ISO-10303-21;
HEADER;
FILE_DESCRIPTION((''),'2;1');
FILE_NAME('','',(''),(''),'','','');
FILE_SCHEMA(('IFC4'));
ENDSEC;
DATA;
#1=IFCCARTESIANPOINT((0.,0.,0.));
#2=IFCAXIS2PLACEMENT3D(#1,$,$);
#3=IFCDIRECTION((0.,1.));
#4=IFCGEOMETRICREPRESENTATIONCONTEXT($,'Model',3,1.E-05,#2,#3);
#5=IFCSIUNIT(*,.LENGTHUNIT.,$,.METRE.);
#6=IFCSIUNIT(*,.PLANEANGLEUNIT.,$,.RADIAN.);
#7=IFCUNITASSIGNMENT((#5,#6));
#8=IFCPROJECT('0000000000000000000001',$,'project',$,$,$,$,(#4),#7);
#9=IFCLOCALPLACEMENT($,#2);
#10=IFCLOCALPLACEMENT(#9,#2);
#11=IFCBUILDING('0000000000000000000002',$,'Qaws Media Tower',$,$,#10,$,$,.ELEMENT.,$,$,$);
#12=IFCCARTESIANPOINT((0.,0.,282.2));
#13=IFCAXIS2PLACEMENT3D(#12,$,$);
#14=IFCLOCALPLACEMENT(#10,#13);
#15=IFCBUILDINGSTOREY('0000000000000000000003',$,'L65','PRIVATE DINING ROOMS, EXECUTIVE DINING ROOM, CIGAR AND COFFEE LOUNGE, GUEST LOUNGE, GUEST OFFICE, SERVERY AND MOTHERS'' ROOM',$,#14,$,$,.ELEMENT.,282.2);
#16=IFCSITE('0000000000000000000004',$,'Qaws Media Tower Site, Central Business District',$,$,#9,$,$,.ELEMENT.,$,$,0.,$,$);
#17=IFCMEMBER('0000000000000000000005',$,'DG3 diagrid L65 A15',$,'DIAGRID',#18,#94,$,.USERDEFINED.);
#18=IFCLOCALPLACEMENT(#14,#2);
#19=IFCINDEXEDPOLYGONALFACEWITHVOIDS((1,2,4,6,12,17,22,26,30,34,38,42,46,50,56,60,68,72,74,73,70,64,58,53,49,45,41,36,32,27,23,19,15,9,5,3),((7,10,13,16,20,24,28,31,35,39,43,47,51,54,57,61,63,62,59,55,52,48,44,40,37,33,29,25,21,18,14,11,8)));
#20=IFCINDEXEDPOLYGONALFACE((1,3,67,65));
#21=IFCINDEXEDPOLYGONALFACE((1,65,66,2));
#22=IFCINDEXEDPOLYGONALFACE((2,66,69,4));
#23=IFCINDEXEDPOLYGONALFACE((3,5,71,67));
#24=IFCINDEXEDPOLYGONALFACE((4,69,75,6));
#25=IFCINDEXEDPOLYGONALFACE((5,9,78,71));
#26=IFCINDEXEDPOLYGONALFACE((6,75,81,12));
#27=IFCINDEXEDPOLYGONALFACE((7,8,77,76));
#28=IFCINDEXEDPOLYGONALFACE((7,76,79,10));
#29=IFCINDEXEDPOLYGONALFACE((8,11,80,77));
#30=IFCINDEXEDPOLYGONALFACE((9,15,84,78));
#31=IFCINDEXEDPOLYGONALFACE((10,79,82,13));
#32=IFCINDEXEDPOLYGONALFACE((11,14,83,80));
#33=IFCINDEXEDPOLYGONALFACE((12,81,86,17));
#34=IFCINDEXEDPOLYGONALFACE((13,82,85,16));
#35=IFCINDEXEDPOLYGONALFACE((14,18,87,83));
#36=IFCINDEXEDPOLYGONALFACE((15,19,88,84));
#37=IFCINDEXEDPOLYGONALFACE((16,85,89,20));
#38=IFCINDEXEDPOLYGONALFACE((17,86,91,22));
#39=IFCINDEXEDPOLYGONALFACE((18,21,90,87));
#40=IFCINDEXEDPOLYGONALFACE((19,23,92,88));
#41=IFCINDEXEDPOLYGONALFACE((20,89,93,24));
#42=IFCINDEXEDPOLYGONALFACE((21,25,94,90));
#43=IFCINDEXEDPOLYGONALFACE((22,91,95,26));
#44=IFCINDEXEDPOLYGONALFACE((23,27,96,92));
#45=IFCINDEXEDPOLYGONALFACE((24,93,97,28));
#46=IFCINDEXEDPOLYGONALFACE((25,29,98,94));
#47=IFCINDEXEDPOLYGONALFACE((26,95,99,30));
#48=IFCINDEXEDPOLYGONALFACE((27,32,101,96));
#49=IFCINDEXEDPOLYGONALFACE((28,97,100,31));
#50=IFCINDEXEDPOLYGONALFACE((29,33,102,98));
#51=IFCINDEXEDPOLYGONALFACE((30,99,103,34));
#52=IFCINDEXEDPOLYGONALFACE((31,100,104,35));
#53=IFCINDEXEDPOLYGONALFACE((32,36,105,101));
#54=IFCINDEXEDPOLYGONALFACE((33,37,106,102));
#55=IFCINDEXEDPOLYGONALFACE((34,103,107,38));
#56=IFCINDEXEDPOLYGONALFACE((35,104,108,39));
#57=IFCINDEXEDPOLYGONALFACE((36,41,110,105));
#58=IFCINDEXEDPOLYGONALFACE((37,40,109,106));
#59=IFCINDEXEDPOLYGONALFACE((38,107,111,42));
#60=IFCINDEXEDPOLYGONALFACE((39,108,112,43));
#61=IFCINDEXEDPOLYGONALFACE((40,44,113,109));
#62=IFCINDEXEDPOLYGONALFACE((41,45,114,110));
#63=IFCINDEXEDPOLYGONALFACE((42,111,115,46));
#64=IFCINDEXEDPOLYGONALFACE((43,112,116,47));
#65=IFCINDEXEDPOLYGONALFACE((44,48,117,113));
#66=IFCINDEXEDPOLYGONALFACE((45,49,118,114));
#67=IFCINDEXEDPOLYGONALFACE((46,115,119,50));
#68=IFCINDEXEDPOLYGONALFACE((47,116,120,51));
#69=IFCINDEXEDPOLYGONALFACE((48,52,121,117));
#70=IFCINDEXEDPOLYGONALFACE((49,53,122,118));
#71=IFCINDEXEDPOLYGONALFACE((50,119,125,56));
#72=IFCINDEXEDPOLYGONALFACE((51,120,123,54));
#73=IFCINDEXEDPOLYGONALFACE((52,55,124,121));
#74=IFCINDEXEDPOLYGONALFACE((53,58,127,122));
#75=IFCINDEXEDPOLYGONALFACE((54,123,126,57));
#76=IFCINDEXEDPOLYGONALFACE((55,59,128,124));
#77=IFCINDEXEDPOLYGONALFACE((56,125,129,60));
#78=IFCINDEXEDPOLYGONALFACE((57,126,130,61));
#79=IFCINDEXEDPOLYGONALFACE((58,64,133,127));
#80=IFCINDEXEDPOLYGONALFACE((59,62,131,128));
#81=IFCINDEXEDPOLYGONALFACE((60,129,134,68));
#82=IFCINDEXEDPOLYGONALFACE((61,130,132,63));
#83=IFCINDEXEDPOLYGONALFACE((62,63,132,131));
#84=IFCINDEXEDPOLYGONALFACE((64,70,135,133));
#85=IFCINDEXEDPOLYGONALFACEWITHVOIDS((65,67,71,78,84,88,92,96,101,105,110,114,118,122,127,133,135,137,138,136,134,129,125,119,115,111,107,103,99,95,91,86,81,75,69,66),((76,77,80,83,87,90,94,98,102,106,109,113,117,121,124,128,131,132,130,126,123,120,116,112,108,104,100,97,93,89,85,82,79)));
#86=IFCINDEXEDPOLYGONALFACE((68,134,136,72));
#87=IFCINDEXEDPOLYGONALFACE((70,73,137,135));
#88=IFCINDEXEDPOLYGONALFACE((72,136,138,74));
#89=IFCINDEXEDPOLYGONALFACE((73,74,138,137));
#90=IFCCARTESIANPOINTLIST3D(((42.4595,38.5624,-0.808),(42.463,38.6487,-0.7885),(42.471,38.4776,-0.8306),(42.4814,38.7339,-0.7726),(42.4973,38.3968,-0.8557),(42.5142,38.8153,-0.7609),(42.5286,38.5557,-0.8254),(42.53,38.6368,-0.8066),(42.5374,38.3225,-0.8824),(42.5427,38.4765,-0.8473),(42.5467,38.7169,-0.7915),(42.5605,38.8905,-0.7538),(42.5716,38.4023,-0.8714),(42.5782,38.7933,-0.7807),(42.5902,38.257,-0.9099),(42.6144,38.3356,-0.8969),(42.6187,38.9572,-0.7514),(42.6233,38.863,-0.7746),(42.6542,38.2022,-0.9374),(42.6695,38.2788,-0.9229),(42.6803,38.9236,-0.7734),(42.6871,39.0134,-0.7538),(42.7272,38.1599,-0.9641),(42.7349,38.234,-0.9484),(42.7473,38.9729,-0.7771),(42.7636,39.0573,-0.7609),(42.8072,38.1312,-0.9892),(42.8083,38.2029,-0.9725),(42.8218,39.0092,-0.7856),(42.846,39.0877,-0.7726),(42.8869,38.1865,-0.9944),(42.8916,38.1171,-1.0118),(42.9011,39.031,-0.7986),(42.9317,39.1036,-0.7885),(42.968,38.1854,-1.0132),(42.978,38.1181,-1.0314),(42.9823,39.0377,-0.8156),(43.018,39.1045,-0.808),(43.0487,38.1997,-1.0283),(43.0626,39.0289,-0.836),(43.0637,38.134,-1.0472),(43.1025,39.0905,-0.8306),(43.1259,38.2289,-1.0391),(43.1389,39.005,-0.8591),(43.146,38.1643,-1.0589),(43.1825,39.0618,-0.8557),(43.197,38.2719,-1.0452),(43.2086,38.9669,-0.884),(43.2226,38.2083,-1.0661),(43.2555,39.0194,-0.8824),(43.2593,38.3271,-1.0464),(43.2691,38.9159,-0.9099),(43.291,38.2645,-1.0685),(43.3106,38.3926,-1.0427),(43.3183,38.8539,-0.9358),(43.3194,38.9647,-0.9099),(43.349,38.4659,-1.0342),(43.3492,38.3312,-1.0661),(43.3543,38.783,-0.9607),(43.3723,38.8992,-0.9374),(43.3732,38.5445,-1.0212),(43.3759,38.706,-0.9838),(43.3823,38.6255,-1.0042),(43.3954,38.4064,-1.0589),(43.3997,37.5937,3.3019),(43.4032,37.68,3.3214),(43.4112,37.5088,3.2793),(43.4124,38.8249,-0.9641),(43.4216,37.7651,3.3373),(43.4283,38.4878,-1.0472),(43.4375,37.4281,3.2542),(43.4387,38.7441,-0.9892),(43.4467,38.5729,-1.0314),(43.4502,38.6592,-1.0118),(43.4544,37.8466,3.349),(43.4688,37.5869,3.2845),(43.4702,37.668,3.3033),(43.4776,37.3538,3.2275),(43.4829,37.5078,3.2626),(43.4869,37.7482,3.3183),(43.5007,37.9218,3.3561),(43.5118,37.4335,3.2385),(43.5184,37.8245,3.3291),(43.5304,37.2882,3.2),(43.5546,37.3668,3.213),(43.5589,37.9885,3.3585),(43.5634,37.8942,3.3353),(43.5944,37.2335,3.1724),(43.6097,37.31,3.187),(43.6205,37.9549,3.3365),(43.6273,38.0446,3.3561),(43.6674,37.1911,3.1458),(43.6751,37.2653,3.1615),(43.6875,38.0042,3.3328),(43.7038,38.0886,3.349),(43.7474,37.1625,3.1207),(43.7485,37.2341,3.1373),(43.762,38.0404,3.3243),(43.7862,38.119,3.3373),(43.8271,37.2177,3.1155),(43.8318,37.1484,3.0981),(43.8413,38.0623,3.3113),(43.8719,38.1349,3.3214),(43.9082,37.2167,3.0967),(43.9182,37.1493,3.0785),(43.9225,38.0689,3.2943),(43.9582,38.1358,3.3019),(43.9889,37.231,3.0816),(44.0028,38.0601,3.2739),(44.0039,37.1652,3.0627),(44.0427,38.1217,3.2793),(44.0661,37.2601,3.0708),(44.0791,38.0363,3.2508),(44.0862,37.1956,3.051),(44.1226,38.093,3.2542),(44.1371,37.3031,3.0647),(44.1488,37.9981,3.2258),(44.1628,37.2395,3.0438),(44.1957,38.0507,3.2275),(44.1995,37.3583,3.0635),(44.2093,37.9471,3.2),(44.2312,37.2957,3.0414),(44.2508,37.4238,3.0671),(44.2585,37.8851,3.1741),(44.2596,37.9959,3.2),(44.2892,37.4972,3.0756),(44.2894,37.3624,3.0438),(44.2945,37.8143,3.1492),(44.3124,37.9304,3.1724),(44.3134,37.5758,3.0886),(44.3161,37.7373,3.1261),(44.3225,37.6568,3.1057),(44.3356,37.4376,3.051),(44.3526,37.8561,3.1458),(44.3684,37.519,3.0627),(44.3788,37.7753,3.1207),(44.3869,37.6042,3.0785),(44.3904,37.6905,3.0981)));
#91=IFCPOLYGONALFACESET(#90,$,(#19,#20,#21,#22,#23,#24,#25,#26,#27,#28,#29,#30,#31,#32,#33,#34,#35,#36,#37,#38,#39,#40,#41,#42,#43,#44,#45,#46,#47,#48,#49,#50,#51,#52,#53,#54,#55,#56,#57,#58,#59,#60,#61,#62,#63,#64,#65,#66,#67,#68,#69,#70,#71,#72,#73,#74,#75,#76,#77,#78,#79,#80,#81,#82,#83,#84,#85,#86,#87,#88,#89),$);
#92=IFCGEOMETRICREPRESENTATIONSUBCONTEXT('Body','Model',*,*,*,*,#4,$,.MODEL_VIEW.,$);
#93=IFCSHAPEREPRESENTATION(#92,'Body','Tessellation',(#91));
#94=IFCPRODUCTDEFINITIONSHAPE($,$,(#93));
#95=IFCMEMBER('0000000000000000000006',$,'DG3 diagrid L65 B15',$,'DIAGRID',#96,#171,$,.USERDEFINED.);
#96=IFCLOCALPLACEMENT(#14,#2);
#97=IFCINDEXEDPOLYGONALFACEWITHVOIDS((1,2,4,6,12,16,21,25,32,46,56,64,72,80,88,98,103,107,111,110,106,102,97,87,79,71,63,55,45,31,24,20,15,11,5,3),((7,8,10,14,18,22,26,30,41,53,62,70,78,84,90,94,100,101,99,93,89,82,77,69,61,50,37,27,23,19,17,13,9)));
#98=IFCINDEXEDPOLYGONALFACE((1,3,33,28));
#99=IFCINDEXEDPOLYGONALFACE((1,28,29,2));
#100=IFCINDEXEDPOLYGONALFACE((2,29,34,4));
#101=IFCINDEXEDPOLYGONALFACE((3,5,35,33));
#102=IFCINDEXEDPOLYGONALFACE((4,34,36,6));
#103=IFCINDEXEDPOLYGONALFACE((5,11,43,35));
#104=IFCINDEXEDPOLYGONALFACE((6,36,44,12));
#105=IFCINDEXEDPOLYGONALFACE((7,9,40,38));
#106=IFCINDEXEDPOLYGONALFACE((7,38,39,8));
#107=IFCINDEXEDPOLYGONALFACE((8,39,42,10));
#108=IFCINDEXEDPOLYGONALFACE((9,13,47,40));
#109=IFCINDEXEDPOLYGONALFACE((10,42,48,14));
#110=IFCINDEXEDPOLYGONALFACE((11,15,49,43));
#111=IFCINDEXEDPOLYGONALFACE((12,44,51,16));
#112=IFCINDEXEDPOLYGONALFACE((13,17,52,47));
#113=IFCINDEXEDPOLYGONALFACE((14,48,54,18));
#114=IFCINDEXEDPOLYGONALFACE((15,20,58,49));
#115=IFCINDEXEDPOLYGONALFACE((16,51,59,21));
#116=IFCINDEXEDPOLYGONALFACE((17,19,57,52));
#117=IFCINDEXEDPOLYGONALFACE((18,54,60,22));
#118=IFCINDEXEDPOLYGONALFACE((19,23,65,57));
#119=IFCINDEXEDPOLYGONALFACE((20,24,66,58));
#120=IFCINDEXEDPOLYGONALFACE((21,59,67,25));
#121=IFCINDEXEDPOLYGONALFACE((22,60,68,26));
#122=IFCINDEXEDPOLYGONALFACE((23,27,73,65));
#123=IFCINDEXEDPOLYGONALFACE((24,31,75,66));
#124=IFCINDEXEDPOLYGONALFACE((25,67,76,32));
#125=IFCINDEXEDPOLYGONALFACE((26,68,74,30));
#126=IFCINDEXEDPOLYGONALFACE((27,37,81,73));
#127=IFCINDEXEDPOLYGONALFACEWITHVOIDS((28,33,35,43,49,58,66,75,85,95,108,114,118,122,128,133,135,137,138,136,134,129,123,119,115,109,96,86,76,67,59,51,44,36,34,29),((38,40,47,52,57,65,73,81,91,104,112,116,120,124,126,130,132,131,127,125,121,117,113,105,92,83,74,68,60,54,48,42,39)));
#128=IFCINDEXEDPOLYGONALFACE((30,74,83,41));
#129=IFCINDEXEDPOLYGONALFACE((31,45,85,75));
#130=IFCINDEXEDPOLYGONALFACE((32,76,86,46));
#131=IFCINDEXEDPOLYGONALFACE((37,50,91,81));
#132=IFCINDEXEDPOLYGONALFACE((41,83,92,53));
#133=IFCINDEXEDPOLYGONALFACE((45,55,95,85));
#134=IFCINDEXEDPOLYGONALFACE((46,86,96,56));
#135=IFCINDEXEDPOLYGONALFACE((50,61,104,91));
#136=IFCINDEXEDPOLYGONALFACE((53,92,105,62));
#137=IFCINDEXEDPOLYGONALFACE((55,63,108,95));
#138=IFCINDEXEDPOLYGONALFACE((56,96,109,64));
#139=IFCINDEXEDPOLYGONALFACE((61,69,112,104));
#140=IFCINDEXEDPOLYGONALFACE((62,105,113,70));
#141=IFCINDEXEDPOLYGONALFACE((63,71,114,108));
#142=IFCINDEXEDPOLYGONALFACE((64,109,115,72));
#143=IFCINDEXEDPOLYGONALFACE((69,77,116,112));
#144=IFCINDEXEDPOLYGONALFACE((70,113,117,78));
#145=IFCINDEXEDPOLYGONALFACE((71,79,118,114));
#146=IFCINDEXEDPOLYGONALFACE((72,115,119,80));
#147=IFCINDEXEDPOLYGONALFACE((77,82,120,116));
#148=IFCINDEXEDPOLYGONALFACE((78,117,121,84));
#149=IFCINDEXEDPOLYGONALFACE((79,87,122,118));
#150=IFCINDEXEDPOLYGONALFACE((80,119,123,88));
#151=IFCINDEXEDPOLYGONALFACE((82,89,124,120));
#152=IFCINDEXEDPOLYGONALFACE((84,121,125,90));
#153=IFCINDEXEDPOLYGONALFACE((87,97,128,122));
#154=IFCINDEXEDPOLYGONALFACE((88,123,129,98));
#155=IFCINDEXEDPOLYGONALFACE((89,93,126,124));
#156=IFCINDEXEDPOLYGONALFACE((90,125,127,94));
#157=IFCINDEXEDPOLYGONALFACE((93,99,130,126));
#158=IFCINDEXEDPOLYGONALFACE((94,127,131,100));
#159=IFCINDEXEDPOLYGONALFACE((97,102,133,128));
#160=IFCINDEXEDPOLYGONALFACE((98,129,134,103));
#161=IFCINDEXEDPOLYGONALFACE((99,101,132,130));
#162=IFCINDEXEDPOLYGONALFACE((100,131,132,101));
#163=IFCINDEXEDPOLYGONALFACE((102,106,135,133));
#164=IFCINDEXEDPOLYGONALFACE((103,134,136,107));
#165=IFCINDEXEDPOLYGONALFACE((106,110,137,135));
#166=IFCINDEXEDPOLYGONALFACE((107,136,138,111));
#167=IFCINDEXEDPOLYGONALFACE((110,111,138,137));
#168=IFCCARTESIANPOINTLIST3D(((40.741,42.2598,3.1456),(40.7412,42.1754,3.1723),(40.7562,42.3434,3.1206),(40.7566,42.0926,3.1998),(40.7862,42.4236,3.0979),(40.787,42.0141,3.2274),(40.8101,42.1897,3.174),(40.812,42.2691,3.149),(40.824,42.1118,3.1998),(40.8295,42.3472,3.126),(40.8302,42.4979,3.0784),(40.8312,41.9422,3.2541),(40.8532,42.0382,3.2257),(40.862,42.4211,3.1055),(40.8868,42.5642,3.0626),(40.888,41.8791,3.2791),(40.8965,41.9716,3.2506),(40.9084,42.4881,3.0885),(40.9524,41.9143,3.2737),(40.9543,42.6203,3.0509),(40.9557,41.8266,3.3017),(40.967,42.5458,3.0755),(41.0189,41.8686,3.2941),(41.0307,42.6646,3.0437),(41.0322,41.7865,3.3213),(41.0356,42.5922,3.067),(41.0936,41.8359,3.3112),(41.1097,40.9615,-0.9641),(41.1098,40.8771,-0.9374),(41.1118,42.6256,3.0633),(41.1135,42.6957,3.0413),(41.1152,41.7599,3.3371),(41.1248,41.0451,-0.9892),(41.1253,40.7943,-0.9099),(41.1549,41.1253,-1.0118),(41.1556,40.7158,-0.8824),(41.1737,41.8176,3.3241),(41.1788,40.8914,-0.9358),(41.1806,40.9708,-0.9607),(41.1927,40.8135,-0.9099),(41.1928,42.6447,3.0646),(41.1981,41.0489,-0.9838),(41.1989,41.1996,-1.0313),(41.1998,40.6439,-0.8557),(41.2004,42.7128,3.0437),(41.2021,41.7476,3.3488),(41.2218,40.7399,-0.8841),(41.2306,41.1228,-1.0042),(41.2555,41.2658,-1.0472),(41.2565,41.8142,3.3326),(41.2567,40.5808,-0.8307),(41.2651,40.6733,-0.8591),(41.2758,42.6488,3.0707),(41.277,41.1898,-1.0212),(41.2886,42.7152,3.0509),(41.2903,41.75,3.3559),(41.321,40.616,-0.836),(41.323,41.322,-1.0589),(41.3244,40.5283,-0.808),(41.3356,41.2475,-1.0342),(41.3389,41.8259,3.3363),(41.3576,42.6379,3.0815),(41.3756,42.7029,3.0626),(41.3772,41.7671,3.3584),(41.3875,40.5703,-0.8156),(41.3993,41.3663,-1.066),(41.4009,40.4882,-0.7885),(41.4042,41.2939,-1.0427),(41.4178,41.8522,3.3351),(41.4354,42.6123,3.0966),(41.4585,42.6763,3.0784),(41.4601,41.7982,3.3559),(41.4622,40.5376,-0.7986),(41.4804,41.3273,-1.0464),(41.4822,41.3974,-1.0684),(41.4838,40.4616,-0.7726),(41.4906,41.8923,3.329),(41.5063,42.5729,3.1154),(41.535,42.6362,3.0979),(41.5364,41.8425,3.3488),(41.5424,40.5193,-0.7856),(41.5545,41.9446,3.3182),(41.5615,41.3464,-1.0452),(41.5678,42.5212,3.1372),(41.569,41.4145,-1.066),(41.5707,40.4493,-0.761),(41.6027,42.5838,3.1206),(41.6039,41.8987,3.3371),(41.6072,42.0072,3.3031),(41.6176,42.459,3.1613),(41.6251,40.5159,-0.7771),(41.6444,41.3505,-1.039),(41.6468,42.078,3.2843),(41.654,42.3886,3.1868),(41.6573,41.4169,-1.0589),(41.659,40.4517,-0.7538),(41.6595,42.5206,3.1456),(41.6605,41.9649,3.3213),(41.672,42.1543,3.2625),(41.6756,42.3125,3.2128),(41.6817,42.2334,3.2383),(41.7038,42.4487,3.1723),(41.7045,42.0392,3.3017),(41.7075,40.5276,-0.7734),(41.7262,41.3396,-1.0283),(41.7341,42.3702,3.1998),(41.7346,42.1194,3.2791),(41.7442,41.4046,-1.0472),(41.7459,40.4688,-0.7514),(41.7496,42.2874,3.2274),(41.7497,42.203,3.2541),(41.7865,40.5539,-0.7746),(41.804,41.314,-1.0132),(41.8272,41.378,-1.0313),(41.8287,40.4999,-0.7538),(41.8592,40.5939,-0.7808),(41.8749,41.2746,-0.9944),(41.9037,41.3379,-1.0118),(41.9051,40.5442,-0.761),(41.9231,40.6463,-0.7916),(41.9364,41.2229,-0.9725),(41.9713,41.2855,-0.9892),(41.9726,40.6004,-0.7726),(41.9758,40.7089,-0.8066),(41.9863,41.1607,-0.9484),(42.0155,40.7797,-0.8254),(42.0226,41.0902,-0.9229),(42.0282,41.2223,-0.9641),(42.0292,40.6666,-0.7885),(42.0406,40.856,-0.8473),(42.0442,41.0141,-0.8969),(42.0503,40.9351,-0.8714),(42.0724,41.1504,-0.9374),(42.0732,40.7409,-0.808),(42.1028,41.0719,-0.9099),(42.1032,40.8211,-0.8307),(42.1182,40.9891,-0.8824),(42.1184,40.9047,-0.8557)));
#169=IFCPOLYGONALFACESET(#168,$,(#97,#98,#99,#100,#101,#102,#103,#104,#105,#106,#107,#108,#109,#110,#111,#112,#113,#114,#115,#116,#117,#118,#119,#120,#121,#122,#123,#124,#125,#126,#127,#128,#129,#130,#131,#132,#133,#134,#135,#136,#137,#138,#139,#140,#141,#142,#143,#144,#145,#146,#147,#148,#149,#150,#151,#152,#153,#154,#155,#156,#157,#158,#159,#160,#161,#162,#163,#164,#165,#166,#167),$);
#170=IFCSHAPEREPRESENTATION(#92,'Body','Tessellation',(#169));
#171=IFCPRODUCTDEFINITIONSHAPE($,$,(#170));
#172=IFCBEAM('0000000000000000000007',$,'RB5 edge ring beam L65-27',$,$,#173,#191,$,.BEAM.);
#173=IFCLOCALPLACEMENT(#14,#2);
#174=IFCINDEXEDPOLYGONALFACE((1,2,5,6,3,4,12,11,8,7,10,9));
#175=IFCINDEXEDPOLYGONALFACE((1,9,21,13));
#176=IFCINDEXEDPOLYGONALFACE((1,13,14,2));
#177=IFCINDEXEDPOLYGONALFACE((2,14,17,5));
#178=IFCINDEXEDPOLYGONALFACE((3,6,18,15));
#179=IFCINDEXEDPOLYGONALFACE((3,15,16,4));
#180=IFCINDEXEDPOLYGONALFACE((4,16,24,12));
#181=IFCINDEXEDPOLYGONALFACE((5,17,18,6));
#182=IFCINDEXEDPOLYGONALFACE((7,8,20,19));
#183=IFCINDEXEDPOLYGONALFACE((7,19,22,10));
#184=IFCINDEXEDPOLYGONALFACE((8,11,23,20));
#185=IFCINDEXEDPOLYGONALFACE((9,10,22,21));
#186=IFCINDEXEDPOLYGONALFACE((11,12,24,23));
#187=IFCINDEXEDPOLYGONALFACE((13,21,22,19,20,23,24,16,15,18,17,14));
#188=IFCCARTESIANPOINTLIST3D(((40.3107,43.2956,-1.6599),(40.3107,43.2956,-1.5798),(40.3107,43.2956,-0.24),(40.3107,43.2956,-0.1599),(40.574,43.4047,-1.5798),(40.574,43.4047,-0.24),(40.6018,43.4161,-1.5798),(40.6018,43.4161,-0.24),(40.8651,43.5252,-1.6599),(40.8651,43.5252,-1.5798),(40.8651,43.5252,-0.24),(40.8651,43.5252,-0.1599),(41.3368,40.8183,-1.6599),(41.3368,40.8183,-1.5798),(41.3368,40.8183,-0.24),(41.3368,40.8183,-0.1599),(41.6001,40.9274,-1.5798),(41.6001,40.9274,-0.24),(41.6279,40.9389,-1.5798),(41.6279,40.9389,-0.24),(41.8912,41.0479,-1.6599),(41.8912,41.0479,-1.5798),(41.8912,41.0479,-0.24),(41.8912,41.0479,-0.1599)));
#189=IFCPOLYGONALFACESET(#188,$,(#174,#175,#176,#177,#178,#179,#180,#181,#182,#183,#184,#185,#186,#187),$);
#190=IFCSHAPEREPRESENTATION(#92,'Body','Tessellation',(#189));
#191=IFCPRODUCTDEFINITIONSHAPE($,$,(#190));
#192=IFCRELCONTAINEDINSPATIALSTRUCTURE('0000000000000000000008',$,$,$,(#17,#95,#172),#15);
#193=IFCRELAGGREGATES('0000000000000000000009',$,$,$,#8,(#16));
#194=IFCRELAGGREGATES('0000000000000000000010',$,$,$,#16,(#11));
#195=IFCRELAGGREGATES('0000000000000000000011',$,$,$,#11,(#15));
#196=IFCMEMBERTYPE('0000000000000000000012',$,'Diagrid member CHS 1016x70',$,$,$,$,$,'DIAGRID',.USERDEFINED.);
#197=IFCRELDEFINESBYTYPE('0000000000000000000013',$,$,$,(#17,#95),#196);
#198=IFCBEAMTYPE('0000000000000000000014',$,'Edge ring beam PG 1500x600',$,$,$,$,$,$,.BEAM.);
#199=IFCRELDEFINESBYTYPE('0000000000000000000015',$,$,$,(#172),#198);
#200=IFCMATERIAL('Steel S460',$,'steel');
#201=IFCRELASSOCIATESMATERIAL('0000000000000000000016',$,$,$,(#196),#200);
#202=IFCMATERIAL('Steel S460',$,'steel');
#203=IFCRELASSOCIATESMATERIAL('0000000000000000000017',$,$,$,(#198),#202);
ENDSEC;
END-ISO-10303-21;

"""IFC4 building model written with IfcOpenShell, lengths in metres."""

from ifc_helpers import new_model, si_unit, direction, frame, origin, origin_2d, place, context, subcontext, project, spatial, hollow_circle, i_section, extrude, material, material_profile, profile_set, type_object, element, save


model = new_model("IFC4")

# Units and contexts
model_context = context("Model", 3, precision=1e-05, world=origin(), true_north=direction((0.0, 1.0)))
body_context = subcontext(model_context, "Body", "Model", "MODEL_VIEW")
ifc_project = project(units=[si_unit("LENGTHUNIT", "METRE"), si_unit("PLANEANGLEUNIT", "RADIAN")], contexts=[model_context])

# Site, building, storey
site_placement = place(None, origin())
site = spatial("IfcSite", under=ifc_project, at=site_placement, Name="Qaws Media Tower Site, Central Business District", CompositionType="ELEMENT", RefElevation=0.0)
building_placement = place(site_placement, origin())
building = spatial("IfcBuilding", under=site, at=building_placement, Name="Qaws Media Tower", CompositionType="ELEMENT")
storey_placement = place(building_placement, frame((0.0, 0.0, 282.2)))
storey = spatial("IfcBuildingStorey", under=building, at=storey_placement, Name="L65", Description="PRIVATE DINING ROOMS, EXECUTIVE DINING ROOM, CIGAR AND COFFEE LOUNGE, GUEST LOUNGE, GUEST OFFICE, SERVERY AND MOTHERS' ROOM", CompositionType="ELEMENT", Elevation=282.2)

# Members
ifc_material_1 = material(Name="Steel S460", Category="steel")
ifc_material_profile_1 = material_profile(ifc_material_1, hollow_circle(Radius=0.5081, WallThickness=0.0701, at=origin_2d()), Name="CHS 1016x70")
ifc_profile_set_1 = profile_set([ifc_material_profile_1], Name="Steel S460")
member_type_1 = type_object("IfcMemberType", Name="Diagrid member CHS 1016x70", ElementType="DIAGRID", PredefinedType="USERDEFINED", material=ifc_profile_set_1)
for number, where, z_axis, x_axis, name in (
    (1, (42.9548, 38.6108, -0.9099), (0.217339, -0.223942, 0.95006), (0.717607, 0.696448, 0.0), "DG3 diagrid L65 A15"),
):
    element("IfcMember", number, at=place(storey_placement, frame(where, z_axis=z_axis, x_axis=x_axis)), inside=storey, type_object=member_type_1, Name=name, ObjectType="DIAGRID", PredefinedType="USERDEFINED", context=body_context, shape_type="SweptSolid", body=[
        extrude(hollow_circle(Radius=0.5081, WallThickness=0.0701, at=origin_2d()), origin(), (0.0, 0.0, 1.0), 4.3259),
    ])
member_1_placement = place(storey_placement, frame((41.614, 40.9331, -0.9099), z_axis=(-0.085222, 0.300138, 0.950081), x_axis=(-0.961973, -0.273144, 0.0)))
element("IfcMember", 2, at=member_1_placement, inside=storey, type_object=member_type_1, Name="DG3 diagrid L65 B15", ObjectType="DIAGRID", PredefinedType="USERDEFINED", context=body_context, shape_type="SweptSolid", body=[
    extrude(hollow_circle(Radius=0.5081, WallThickness=0.0701, at=origin_2d()), origin(), (0.0, 0.0, 1.0), 4.3257),
])

# Beam
ifc_material_2 = material(Name="Steel S460", Category="steel")
ifc_material_profile_2 = material_profile(ifc_material_2, i_section(OverallWidth=0.6001, OverallDepth=1.5, WebThickness=0.03, FlangeThickness=0.0801, at=origin_2d()), Name="PG 1500x600")
ifc_profile_set_2 = profile_set([ifc_material_profile_2], Name="Steel S460")
beam_type = type_object("IfcBeamType", Name="Edge ring beam PG 1500x600", PredefinedType="BEAM", material=ifc_profile_set_2)
beam_placement = place(storey_placement, frame((40.5879, 43.4104, -0.9099), z_axis=(0.382681, -0.92388, 0.0), x_axis=(0.92388, 0.382681, 0.0)))
element("IfcBeam", 3, at=beam_placement, inside=storey, type_object=beam_type, Name="RB5 edge ring beam L65-27", PredefinedType="BEAM", context=body_context, shape_type="SweptSolid", body=[
    extrude(i_section(OverallWidth=0.6001, OverallDepth=1.5, WebThickness=0.03, FlangeThickness=0.0801, at=origin_2d()), origin(), (0.0, 0.0, 1.0), 2.6814),
])

save(model, "model.ifc")
